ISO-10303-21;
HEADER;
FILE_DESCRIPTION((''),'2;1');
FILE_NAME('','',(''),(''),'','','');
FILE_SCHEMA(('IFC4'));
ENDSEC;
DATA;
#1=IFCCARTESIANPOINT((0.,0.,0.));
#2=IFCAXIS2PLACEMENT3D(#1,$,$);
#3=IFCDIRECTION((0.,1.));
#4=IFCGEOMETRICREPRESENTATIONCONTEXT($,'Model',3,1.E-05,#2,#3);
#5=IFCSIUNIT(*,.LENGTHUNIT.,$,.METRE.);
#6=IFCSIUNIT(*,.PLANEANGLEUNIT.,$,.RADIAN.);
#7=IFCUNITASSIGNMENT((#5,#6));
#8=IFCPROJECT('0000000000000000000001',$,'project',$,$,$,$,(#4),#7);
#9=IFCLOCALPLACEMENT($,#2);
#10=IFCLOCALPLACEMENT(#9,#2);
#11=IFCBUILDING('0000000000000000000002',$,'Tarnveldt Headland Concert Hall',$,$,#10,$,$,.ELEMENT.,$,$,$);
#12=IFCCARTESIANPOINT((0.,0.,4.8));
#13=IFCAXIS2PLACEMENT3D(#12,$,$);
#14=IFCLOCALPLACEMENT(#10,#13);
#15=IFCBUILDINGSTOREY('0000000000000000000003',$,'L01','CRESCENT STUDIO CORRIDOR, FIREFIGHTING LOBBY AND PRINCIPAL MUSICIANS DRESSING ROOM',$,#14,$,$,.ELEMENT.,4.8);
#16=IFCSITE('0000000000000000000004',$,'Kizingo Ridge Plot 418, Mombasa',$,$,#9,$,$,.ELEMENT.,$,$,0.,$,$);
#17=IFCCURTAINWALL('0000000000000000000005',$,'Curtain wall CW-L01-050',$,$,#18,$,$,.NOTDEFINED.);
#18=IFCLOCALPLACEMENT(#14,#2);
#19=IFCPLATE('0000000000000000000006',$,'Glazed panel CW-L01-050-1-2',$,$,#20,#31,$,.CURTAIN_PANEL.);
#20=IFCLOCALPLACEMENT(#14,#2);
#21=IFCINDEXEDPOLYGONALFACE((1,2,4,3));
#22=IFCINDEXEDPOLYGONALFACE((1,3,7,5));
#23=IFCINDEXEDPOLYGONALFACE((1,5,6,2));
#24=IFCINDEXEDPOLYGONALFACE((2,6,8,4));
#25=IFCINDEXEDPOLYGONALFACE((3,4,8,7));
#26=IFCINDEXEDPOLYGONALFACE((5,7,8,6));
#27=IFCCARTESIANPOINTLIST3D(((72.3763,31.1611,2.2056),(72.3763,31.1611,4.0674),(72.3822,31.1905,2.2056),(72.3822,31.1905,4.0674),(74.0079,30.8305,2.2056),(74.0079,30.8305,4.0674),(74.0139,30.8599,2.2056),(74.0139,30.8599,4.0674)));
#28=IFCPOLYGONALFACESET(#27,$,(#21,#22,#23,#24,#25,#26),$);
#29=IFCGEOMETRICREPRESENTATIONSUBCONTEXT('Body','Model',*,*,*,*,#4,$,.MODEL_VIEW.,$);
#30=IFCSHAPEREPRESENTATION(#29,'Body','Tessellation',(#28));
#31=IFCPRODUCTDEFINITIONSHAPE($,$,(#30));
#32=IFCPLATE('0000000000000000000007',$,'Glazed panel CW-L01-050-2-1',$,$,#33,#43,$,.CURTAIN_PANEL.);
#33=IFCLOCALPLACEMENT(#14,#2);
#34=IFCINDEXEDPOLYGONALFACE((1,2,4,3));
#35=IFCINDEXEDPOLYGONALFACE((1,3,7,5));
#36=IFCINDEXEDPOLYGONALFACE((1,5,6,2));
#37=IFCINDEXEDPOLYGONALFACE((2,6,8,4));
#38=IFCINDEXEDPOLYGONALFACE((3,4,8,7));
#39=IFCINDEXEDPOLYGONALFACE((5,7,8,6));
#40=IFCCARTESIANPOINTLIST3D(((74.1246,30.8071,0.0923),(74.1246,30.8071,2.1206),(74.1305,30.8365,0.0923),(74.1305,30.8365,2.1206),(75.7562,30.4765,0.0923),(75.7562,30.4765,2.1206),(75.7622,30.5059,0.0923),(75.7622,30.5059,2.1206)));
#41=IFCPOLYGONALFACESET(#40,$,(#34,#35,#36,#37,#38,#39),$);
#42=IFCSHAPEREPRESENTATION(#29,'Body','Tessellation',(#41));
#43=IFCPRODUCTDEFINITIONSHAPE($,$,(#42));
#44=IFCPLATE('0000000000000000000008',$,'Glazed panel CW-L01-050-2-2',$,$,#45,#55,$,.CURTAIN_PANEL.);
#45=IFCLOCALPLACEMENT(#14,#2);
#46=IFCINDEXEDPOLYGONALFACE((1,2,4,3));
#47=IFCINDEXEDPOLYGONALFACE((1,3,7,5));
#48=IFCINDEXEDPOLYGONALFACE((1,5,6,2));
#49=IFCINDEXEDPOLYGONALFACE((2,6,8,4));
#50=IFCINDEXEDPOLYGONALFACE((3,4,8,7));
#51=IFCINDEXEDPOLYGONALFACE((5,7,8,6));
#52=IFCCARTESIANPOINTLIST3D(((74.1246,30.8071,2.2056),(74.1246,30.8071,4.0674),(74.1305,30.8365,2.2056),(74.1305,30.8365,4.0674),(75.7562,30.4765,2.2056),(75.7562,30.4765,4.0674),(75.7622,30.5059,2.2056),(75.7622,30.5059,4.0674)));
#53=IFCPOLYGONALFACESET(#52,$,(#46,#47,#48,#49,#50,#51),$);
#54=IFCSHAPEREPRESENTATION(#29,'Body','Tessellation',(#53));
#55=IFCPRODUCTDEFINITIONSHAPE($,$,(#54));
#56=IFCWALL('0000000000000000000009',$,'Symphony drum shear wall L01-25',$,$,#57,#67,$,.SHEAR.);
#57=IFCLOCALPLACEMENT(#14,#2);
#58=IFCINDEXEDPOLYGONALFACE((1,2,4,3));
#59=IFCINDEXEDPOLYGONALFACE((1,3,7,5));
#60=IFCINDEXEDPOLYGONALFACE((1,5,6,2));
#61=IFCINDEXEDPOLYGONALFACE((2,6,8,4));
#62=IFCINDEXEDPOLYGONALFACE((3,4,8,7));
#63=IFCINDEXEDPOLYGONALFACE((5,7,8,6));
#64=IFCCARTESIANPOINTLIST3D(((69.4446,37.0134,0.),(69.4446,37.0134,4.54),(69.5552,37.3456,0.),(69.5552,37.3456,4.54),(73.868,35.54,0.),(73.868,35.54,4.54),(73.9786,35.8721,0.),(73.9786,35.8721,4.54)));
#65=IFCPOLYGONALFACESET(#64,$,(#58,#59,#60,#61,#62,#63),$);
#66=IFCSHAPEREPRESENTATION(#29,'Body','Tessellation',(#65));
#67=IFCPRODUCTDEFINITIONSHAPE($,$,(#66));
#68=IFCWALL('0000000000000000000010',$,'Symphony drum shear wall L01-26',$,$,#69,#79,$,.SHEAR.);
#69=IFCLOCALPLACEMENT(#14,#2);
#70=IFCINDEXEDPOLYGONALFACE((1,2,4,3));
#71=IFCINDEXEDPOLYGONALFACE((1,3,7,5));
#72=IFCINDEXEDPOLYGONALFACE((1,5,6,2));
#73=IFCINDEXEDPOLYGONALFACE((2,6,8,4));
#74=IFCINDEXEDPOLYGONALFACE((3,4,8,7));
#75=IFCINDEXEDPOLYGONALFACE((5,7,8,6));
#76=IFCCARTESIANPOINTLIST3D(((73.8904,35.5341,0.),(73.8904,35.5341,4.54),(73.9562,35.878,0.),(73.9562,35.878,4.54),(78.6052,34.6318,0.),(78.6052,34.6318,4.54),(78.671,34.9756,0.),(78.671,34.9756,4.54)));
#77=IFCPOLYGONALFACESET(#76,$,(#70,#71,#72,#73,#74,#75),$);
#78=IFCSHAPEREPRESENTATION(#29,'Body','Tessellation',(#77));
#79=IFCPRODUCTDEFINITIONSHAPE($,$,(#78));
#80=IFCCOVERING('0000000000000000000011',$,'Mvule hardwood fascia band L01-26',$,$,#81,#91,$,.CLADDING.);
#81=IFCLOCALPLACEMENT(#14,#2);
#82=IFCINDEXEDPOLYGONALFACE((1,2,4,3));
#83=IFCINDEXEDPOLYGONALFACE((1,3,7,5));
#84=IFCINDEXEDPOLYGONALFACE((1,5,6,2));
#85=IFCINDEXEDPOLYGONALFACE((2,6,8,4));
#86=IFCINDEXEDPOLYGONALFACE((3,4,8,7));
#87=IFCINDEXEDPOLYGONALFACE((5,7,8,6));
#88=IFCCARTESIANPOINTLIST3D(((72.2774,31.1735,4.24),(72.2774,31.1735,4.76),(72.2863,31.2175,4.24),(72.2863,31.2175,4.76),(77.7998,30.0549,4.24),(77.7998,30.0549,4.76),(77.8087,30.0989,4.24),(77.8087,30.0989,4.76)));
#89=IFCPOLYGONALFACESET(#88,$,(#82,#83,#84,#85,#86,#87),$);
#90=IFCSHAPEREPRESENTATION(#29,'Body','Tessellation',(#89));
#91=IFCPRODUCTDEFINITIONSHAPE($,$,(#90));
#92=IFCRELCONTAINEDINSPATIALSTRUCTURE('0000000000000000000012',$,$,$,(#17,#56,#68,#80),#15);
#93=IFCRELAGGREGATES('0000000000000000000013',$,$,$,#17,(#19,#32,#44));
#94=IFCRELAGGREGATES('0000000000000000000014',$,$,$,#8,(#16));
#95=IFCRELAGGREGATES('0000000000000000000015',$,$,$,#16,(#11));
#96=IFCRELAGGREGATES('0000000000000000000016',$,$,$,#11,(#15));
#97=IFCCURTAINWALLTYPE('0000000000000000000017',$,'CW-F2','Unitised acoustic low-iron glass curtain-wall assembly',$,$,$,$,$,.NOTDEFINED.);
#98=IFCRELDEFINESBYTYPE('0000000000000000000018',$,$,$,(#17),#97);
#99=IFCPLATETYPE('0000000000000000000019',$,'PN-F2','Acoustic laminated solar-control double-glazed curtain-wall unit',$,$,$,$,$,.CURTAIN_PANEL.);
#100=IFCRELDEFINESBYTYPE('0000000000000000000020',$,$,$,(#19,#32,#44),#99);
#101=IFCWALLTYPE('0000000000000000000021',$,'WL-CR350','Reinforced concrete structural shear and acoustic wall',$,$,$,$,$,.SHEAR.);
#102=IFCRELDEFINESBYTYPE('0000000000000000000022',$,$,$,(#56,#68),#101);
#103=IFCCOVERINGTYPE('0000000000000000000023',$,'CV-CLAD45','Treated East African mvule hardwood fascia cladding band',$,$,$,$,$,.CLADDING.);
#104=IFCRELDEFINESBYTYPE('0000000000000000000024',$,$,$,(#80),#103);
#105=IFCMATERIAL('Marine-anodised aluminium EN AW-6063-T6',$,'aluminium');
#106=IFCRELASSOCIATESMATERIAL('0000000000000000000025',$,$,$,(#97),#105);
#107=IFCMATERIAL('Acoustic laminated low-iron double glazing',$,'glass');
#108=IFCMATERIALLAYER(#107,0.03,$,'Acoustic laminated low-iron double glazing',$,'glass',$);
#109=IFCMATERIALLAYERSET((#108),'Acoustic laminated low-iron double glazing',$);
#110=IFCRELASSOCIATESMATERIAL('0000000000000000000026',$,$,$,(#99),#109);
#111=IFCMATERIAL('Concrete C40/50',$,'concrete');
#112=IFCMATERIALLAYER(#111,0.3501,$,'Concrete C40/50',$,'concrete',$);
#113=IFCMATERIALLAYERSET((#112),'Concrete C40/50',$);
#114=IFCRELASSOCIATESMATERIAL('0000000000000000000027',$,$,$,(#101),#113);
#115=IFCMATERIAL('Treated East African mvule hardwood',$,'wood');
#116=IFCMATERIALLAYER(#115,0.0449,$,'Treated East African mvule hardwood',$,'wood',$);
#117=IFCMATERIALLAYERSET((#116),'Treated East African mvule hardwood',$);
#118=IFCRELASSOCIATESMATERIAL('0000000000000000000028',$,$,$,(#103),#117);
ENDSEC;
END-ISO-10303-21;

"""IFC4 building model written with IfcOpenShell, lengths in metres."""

from ifc_helpers import new_model, si_unit, direction, frame, frame_2d, origin, origin_2d, place, context, subcontext, project, spatial, rectangle, extrude, material, layer, layer_set, type_object, element, aggregate, save


model = new_model("IFC4")

# Units and contexts
model_context = context("Model", 3, precision=1e-05, world=origin(), true_north=direction((0.0, 1.0)))
body_context = subcontext(model_context, "Body", "Model", "MODEL_VIEW")
ifc_project = project(units=[si_unit("LENGTHUNIT", "METRE"), si_unit("PLANEANGLEUNIT", "RADIAN")], contexts=[model_context])

# Site, building, storey
site_placement = place(None, origin())
site = spatial("IfcSite", under=ifc_project, at=site_placement, Name="Kizingo Ridge Plot 418, Mombasa", CompositionType="ELEMENT", RefElevation=0.0)
building_placement = place(site_placement, origin())
building = spatial("IfcBuilding", under=site, at=building_placement, Name="Tarnveldt Headland Concert Hall", CompositionType="ELEMENT")
storey_placement = place(building_placement, frame((0.0, 0.0, 4.8)))
storey = spatial("IfcBuildingStorey", under=building, at=storey_placement, Name="L01", Description="CRESCENT STUDIO CORRIDOR, FIREFIGHTING LOBBY AND PRINCIPAL MUSICIANS DRESSING ROOM", CompositionType="ELEMENT", Elevation=4.8)

# Shared definitions
ifc_material_1 = material(Name="Concrete C40/50", Category="concrete")

# Curtain wall
ifc_material_2 = material(Name="Marine-anodised aluminium EN AW-6063-T6", Category="aluminium")
curtain_wall_type = type_object("IfcCurtainWallType", Name="CW-F2", Description="Unitised acoustic low-iron glass curtain-wall assembly", PredefinedType="NOTDEFINED", material=ifc_material_2)
curtain_wall_1_placement = place(storey_placement, origin())
curtain_wall_1 = element("IfcCurtainWall", 1, at=curtain_wall_1_placement, inside=storey, type_object=curtain_wall_type, Name="Curtain wall CW-L01-050", PredefinedType="NOTDEFINED")

# Plates
ifc_material_3 = material(Name="Acoustic laminated low-iron double glazing", Category="glass")
ifc_layer_1 = layer(ifc_material_3, 0.03, Name="Acoustic laminated low-iron double glazing", Category="glass")
ifc_layer_set_1 = layer_set([ifc_layer_1], Name="Acoustic laminated low-iron double glazing")
plate_type = type_object("IfcPlateType", Name="PN-F2", Description="Acoustic laminated solar-control double-glazed curtain-wall unit", PredefinedType="CURTAIN_PANEL", material=ifc_layer_set_1)
plate_1_placement = place(storey_placement, frame((73.1951, 31.0105, 2.2056), z_axis=(0.0, 0.0, 1.0), x_axis=(0.980088, -0.198564, 0.0)))
plate_1 = element("IfcPlate", 2, at=plate_1_placement, type_object=plate_type, Name="Glazed panel CW-L01-050-1-2", PredefinedType="CURTAIN_PANEL", context=body_context, shape_type="SweptSolid", body=[
    extrude(rectangle(XDim=1.6648, YDim=0.03, at=origin_2d()), origin(), (0.0, 0.0, 1.0), 1.8618),
])
plate_2_placement = place(storey_placement, frame((74.9434, 30.6565, 0.0923), z_axis=(0.0, 0.0, 1.0), x_axis=(0.980088, -0.198564, 0.0)))
plate_2 = element("IfcPlate", 3, at=plate_2_placement, type_object=plate_type, Name="Glazed panel CW-L01-050-2-1", PredefinedType="CURTAIN_PANEL", context=body_context, shape_type="SweptSolid", body=[
    extrude(rectangle(XDim=1.6648, YDim=0.03, at=origin_2d()), origin(), (0.0, 0.0, 1.0), 2.0283),
])
plate_3_placement = place(storey_placement, frame((74.9434, 30.6565, 2.2056), z_axis=(0.0, 0.0, 1.0), x_axis=(0.980088, -0.198564, 0.0)))
plate_3 = element("IfcPlate", 4, at=plate_3_placement, type_object=plate_type, Name="Glazed panel CW-L01-050-2-2", PredefinedType="CURTAIN_PANEL", context=body_context, shape_type="SweptSolid", body=[
    extrude(rectangle(XDim=1.6648, YDim=0.03, at=origin_2d()), origin(), (0.0, 0.0, 1.0), 1.8618),
])
aggregate(curtain_wall_1, [plate_1, plate_2, plate_3])

# Walls
ifc_layer_2 = layer(ifc_material_1, 0.3501, Name="Concrete C40/50", Category="concrete")
ifc_layer_set_2 = layer_set([ifc_layer_2], Name="Concrete C40/50")
wall_type = type_object("IfcWallType", Name="WL-CR350", Description="Reinforced concrete structural shear and acoustic wall", PredefinedType="SHEAR", material=ifc_layer_set_2)
wall_1_placement = place(storey_placement, frame((69.5, 37.1794, 0.0), z_axis=(0.0, 0.0, 1.0), x_axis=(0.948751, -0.316024, 0.0)))
element("IfcWall", 5, at=wall_1_placement, inside=storey, type_object=wall_type, Name="Symphony drum shear wall L01-25", PredefinedType="SHEAR", context=body_context, shape_type="SweptSolid", body=[
    extrude(rectangle(XDim=4.6624, YDim=0.3501, at=frame_2d((2.3311, 0.0))), origin(), (0.0, 0.0, 1.0), 4.54),
])
wall_2_placement = place(storey_placement, frame((73.9233, 35.7061, 0.0), z_axis=(0.0, 0.0, 1.0), x_axis=(0.982173, -0.187981, 0.0)))
element("IfcWall", 6, at=wall_2_placement, inside=storey, type_object=wall_type, Name="Symphony drum shear wall L01-26", PredefinedType="SHEAR", context=body_context, shape_type="SweptSolid", body=[
    extrude(rectangle(XDim=4.8003, YDim=0.3501, at=frame_2d((2.4001, 0.0))), origin(), (0.0, 0.0, 1.0), 4.54),
])

# Covering
ifc_material_4 = material(Name="Treated East African mvule hardwood", Category="wood")
ifc_layer_3 = layer(ifc_material_4, 0.0449, Name="Treated East African mvule hardwood", Category="wood")
ifc_layer_set_3 = layer_set([ifc_layer_3], Name="Treated East African mvule hardwood")
covering_type = type_object("IfcCoveringType", Name="CV-CLAD45", Description="Treated East African mvule hardwood fascia cladding band", PredefinedType="CLADDING", material=ifc_layer_set_3)
covering_placement = place(storey_placement, frame((72.2817, 31.1956, 4.24), z_axis=(0.0, 0.0, 1.0), x_axis=(0.980094, -0.198532, 0.0)))
element("IfcCovering", 7, at=covering_placement, inside=storey, type_object=covering_type, Name="Mvule hardwood fascia band L01-26", PredefinedType="CLADDING", context=body_context, shape_type="SweptSolid", body=[
    extrude(rectangle(XDim=5.6345, YDim=0.0449, at=frame_2d((2.8174, 0.0))), origin(), (0.0, 0.0, 1.0), 0.52),
])

save(model, "model.ifc")
